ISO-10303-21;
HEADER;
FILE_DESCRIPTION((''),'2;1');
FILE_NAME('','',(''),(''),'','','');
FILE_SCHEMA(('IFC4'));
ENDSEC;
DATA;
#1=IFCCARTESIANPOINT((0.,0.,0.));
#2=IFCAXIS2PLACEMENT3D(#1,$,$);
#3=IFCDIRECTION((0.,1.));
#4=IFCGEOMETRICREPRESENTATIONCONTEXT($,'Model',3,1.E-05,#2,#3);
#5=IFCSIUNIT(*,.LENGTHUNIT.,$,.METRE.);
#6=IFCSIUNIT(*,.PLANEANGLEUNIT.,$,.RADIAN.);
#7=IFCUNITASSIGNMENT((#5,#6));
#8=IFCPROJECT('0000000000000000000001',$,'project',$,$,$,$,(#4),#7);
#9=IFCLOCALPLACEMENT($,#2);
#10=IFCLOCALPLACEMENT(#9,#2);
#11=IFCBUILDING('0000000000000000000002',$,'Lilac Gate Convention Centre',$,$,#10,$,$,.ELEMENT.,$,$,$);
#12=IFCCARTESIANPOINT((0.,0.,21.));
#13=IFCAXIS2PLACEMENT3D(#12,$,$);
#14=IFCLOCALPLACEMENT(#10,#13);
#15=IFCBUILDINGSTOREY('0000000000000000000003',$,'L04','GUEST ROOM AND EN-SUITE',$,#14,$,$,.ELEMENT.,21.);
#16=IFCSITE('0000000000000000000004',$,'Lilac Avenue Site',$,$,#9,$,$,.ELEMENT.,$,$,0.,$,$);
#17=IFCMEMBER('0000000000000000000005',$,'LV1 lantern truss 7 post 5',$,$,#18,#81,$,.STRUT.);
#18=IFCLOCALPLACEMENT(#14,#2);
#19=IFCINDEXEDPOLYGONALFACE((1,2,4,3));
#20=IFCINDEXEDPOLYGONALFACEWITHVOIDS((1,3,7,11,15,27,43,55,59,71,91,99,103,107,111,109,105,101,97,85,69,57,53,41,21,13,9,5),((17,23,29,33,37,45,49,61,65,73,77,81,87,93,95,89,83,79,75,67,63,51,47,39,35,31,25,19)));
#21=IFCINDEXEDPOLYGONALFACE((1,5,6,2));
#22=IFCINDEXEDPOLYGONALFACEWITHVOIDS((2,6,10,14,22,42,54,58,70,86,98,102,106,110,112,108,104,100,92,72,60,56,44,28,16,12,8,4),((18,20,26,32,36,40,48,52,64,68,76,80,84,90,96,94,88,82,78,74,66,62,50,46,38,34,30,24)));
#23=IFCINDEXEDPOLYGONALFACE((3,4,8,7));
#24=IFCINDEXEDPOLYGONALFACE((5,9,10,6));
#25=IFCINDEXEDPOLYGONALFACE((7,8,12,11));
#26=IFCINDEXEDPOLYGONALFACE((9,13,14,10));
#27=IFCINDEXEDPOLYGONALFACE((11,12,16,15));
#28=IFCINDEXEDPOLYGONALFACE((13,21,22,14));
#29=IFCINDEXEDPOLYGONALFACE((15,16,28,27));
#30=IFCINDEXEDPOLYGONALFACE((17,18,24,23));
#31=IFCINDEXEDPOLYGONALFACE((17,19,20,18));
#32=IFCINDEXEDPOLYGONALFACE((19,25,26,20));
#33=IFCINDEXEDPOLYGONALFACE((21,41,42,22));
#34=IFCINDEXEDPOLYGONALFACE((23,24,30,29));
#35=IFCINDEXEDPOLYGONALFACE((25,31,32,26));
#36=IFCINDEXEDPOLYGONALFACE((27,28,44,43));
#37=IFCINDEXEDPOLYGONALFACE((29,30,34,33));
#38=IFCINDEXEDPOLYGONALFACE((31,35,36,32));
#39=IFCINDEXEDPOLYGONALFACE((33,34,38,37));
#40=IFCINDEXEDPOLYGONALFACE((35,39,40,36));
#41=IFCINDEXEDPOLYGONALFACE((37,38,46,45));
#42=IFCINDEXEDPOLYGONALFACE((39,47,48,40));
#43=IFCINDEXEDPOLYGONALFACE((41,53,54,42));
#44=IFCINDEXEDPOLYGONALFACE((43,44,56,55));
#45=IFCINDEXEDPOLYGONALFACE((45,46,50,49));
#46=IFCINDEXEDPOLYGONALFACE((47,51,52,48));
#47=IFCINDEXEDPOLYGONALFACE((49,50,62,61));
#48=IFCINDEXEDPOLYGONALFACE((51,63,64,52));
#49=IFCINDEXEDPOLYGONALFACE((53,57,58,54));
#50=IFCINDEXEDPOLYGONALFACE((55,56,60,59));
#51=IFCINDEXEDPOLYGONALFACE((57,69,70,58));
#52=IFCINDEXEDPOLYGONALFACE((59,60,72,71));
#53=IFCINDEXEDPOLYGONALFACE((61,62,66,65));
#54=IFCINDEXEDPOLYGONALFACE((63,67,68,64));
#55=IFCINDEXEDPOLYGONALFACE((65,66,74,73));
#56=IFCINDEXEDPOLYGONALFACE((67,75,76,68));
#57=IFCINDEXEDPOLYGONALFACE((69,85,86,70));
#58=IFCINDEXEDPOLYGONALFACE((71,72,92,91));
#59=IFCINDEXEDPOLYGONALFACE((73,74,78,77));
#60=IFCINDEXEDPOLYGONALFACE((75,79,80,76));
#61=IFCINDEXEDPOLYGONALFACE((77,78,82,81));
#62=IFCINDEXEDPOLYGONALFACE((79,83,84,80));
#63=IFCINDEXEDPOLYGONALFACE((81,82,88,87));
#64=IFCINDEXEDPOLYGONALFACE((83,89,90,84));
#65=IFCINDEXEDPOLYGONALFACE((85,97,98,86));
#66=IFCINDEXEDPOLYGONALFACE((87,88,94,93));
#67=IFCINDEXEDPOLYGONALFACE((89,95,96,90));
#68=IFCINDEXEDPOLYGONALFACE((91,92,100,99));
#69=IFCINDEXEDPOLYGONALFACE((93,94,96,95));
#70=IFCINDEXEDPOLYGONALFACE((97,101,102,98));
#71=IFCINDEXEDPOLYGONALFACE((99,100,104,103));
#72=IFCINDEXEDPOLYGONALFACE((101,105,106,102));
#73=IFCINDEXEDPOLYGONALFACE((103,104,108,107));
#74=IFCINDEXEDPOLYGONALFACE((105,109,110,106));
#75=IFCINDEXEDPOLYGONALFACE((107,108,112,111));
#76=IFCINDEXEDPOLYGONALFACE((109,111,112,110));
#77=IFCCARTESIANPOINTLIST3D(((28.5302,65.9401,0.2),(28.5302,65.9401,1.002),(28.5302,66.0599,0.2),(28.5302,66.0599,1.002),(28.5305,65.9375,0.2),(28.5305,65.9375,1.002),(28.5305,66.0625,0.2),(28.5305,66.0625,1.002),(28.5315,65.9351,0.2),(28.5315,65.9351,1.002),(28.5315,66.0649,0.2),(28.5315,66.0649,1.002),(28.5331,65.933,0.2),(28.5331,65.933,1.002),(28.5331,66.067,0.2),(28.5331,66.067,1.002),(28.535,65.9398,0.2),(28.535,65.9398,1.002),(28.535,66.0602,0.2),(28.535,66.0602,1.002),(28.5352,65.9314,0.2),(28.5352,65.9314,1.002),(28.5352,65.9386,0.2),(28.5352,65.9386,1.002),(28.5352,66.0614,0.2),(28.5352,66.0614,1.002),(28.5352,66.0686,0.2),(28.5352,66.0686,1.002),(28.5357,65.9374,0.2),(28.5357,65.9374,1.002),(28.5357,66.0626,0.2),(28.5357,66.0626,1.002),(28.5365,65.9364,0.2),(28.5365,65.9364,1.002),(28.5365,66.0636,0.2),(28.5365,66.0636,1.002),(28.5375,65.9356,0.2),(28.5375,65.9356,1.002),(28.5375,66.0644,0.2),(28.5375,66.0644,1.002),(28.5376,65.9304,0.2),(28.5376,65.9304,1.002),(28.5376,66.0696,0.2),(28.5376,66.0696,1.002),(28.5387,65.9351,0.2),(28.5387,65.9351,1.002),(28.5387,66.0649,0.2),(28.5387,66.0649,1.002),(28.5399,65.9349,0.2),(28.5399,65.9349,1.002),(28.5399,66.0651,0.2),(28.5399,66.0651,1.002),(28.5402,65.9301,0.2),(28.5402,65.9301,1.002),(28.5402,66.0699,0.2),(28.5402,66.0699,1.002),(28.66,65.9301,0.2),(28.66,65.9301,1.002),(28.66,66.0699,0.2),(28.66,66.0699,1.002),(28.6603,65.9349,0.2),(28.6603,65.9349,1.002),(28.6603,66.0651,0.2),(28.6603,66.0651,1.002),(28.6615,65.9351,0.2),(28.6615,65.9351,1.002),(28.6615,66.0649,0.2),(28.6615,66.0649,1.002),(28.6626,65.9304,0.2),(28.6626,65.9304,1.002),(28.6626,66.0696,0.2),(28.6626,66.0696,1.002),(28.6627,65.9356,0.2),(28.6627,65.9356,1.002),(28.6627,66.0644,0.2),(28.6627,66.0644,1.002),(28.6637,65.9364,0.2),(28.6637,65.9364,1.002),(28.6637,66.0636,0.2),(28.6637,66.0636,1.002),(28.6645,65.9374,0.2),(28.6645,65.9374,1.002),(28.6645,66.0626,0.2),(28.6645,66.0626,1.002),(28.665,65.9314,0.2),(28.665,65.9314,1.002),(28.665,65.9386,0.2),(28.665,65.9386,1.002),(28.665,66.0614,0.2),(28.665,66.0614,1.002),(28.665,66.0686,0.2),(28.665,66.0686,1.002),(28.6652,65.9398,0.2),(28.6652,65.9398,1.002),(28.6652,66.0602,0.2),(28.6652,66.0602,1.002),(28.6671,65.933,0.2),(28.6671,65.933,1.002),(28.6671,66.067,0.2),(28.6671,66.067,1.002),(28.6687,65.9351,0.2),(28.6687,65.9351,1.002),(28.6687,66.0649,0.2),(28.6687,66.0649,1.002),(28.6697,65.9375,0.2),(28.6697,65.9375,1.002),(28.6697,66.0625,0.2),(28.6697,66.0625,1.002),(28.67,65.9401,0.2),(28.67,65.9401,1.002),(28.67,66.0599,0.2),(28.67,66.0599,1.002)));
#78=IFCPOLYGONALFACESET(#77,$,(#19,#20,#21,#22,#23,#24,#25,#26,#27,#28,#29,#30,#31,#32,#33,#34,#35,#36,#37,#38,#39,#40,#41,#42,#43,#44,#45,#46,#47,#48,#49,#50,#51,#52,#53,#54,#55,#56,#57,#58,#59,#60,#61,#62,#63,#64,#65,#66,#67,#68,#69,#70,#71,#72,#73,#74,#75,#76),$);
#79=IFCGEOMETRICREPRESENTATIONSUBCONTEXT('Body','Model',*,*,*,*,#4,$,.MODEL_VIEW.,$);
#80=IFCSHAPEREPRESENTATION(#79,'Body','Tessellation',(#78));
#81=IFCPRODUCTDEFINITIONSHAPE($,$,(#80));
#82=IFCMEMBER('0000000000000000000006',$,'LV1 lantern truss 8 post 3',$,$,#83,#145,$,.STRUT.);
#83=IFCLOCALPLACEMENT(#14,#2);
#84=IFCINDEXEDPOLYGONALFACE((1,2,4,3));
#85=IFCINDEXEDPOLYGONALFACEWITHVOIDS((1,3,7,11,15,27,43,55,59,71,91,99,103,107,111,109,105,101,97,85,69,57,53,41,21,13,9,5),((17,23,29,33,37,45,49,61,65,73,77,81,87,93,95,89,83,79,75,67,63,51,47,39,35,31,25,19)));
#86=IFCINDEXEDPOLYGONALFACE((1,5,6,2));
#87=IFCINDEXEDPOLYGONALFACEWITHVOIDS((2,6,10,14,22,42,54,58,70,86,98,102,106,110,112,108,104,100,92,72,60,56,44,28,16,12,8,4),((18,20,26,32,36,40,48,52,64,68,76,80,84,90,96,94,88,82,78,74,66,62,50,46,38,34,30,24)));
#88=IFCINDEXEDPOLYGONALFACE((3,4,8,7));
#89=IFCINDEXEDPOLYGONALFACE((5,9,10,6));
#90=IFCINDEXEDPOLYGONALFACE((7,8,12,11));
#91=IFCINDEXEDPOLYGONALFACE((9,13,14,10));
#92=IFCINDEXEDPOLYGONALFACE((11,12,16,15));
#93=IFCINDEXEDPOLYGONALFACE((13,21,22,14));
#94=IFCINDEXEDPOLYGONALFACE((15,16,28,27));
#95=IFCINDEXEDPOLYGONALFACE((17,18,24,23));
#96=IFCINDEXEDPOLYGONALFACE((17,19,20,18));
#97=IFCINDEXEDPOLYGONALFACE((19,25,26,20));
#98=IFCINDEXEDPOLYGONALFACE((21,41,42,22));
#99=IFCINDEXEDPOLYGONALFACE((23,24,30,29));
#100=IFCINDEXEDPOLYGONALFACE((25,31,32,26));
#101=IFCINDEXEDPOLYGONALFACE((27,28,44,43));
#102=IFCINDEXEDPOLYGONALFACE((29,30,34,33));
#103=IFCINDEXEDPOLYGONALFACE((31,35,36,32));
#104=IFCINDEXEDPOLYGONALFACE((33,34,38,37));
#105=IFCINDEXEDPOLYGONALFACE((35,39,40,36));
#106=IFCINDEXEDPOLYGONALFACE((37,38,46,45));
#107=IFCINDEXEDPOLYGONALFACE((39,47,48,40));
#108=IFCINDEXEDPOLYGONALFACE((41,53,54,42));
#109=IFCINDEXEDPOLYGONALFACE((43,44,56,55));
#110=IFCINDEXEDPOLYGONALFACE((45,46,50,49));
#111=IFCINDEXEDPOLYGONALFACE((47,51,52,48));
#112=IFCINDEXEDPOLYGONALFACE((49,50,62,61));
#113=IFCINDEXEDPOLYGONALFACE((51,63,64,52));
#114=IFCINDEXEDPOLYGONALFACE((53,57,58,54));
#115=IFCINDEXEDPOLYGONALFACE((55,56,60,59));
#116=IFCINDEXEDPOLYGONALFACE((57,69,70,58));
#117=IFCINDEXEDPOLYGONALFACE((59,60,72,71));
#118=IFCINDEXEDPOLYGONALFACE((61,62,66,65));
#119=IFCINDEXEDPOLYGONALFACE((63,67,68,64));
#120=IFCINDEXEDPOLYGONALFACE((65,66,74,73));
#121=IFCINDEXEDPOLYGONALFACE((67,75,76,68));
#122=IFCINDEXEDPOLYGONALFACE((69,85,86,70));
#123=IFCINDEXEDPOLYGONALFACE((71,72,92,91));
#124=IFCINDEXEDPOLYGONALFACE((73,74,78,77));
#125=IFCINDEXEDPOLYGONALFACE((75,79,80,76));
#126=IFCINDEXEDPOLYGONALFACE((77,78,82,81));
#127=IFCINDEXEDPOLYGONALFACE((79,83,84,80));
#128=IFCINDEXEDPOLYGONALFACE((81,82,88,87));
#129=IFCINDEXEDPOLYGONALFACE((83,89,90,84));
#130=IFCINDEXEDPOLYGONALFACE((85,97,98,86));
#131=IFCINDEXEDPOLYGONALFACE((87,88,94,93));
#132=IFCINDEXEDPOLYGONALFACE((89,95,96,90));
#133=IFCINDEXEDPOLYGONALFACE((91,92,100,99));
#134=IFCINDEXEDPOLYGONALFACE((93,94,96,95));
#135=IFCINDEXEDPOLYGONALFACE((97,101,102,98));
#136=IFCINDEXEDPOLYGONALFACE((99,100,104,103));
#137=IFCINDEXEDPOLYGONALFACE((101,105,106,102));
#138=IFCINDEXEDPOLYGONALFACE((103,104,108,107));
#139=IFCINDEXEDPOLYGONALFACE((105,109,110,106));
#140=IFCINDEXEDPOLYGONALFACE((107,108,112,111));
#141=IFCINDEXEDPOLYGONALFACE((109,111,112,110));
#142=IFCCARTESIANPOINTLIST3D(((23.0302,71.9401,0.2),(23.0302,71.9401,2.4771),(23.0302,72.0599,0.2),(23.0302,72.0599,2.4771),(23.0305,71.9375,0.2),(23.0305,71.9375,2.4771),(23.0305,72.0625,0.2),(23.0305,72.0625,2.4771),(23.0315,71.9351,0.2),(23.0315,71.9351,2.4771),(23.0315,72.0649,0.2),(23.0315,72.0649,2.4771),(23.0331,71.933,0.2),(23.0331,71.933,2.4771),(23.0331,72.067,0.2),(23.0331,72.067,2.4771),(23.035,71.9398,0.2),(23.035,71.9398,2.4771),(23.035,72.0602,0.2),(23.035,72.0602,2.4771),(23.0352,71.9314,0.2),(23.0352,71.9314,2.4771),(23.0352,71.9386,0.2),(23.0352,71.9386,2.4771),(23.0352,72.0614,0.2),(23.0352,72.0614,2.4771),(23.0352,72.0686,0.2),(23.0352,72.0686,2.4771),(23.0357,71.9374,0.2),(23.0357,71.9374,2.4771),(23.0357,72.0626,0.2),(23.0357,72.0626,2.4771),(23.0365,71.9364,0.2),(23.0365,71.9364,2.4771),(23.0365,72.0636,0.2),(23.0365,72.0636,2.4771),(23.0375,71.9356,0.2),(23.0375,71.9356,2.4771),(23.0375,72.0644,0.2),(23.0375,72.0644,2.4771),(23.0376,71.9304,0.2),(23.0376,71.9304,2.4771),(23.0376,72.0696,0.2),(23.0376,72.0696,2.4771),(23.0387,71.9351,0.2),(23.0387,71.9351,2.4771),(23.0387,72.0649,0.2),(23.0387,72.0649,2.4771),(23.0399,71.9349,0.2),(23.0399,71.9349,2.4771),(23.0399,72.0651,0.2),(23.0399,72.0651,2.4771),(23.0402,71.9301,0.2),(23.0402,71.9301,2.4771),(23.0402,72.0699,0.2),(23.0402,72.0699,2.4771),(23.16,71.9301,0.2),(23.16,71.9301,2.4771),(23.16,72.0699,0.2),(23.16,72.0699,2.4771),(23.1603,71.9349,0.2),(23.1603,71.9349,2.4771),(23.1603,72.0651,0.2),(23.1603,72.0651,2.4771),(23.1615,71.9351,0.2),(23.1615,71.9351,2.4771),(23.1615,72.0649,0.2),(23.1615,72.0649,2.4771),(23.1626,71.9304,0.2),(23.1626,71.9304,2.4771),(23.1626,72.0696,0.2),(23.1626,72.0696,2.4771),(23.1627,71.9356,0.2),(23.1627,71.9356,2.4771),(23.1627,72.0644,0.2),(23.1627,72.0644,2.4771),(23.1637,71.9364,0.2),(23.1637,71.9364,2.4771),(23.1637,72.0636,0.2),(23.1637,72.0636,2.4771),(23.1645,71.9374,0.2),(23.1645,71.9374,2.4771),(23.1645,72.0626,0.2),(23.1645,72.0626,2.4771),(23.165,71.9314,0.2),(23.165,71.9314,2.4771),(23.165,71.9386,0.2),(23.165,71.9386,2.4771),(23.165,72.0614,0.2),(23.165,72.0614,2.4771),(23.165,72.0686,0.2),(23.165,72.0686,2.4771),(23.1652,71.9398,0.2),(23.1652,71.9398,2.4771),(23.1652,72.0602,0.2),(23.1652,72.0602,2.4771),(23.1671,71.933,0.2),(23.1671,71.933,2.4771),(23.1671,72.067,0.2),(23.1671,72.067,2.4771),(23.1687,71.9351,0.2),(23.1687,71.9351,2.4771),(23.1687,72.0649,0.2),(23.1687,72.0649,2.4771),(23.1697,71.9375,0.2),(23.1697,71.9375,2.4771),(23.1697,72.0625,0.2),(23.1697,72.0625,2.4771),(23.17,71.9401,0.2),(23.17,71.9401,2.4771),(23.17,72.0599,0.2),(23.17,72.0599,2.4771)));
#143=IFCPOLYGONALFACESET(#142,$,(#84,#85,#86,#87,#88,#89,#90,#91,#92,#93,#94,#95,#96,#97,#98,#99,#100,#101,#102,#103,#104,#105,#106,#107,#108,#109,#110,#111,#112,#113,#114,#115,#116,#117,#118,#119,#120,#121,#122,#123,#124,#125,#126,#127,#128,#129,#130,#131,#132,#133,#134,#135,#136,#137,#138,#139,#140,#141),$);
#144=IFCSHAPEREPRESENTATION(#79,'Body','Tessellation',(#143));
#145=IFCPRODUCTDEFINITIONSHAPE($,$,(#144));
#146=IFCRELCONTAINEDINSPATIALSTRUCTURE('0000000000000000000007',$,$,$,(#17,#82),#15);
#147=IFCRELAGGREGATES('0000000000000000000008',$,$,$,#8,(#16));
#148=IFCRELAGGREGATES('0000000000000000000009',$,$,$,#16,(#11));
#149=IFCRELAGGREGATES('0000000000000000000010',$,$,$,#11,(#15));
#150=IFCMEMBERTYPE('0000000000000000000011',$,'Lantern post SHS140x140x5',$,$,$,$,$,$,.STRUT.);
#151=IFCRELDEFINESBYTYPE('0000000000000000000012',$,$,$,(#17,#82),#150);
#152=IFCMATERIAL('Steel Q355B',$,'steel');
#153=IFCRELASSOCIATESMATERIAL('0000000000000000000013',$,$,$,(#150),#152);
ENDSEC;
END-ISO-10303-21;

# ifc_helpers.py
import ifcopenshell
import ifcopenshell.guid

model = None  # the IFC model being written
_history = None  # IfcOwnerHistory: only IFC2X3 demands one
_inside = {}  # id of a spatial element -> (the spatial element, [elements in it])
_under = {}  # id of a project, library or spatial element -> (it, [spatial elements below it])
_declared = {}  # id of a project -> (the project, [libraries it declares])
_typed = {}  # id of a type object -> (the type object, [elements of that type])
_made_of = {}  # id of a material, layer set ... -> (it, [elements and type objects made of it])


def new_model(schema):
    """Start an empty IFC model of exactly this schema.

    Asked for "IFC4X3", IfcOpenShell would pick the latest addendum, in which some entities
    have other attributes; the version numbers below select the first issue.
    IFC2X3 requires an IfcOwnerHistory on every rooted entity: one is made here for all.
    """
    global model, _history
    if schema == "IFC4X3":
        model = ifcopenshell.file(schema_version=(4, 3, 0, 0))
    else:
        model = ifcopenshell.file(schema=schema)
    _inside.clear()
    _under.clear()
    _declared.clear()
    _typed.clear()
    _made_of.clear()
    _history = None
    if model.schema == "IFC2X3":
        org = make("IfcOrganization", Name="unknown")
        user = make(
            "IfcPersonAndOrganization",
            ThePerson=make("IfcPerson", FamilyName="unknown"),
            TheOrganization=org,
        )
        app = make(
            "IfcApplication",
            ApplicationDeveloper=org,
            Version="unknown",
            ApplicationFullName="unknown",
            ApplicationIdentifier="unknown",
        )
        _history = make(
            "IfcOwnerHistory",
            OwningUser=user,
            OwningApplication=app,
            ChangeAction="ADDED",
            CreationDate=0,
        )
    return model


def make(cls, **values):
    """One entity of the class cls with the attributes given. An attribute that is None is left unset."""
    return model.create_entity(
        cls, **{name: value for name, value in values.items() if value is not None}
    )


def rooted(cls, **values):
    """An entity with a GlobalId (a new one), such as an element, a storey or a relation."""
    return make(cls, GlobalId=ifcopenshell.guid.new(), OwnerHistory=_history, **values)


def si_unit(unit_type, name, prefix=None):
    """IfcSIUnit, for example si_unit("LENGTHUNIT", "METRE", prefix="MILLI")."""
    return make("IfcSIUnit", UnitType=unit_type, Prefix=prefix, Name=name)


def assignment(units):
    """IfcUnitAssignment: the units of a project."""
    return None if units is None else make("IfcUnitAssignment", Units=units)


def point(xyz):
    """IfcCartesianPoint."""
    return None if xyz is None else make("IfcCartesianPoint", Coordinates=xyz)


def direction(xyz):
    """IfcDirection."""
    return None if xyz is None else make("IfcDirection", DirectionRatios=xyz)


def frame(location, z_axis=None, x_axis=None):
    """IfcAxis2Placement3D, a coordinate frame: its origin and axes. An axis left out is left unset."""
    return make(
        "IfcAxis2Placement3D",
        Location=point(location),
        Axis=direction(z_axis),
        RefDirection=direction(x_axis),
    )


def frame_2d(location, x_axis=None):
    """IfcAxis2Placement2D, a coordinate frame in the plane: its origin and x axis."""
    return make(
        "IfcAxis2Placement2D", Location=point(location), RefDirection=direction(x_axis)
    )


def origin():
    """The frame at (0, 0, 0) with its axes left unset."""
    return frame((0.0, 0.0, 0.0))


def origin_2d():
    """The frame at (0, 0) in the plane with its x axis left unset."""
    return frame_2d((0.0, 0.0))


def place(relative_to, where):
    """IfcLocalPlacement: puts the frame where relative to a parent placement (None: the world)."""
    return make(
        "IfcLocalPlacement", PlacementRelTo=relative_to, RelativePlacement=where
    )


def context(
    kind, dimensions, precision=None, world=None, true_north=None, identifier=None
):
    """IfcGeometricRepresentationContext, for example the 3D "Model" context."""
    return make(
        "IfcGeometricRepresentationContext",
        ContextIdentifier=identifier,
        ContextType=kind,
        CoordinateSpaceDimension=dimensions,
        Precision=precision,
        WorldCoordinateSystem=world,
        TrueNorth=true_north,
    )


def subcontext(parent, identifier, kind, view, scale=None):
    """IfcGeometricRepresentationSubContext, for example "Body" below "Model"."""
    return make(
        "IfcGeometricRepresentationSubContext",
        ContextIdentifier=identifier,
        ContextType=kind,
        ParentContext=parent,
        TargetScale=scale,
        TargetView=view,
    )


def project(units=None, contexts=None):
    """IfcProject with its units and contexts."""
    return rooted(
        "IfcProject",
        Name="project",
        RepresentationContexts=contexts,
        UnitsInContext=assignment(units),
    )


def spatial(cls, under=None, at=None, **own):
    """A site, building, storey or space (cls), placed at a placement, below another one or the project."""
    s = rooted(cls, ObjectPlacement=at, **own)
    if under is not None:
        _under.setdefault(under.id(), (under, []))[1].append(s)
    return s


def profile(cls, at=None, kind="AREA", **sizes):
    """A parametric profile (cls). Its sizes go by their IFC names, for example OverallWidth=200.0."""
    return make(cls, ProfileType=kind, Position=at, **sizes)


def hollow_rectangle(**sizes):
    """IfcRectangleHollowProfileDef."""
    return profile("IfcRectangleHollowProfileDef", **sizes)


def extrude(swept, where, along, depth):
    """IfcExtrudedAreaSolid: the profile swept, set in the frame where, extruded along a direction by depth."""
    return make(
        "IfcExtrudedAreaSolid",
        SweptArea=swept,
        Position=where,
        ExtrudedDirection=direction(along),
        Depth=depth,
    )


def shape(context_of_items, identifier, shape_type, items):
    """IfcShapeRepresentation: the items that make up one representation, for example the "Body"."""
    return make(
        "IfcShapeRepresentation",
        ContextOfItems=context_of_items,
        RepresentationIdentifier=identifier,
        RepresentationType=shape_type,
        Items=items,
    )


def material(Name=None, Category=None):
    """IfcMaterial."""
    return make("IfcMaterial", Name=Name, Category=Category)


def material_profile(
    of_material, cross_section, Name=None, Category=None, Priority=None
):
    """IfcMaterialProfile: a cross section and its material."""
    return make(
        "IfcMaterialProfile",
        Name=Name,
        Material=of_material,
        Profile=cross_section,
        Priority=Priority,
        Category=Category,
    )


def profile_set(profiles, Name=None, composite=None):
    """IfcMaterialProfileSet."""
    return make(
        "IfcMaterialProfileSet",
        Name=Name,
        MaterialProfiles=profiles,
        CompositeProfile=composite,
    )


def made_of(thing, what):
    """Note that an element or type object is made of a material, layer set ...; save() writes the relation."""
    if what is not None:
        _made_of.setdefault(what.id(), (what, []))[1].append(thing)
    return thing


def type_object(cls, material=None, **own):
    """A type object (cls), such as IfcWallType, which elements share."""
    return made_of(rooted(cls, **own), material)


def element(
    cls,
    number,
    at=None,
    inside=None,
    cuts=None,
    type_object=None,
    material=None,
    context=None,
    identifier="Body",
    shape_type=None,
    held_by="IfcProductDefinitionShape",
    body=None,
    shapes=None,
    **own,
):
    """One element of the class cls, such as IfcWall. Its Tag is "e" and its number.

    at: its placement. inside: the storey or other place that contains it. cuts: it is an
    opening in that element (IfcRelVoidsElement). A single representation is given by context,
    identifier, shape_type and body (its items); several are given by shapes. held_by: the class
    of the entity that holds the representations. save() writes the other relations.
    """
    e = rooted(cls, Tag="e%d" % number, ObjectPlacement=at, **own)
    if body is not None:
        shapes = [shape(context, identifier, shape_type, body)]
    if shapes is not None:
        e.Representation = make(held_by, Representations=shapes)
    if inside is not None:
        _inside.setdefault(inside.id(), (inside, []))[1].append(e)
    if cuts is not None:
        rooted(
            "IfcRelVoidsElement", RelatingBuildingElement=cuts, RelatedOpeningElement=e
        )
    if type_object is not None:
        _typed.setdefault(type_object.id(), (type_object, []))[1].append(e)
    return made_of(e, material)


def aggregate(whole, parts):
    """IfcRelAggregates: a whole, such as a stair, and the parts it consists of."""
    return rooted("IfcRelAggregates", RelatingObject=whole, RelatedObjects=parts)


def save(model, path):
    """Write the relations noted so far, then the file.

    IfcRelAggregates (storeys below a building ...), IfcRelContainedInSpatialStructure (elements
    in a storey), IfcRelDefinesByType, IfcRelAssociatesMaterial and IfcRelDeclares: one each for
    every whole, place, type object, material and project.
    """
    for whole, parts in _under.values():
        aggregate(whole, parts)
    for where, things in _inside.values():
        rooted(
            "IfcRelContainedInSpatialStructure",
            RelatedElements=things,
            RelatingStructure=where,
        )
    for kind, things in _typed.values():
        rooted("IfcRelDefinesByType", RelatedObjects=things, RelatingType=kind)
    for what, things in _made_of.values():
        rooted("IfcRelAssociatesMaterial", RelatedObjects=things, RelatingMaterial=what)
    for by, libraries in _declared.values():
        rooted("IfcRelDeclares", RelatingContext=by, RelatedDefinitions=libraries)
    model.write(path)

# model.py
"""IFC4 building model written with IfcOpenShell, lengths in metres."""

from ifc_helpers import new_model, si_unit, direction, frame, origin, origin_2d, place, context, subcontext, project, spatial, hollow_rectangle, extrude, material, material_profile, profile_set, type_object, element, save


model = new_model("IFC4")

# Units and contexts
model_context = context("Model", 3, precision=1e-05, world=origin(), true_north=direction((0.0, 1.0)))
body_context = subcontext(model_context, "Body", "Model", "MODEL_VIEW")
ifc_project = project(units=[si_unit("LENGTHUNIT", "METRE"), si_unit("PLANEANGLEUNIT", "RADIAN")], contexts=[model_context])

# Site, building, storey
site_placement = place(None, origin())
site = spatial("IfcSite", under=ifc_project, at=site_placement, Name="Lilac Avenue Site", CompositionType="ELEMENT", RefElevation=0.0)
building_placement = place(site_placement, origin())
building = spatial("IfcBuilding", under=site, at=building_placement, Name="Lilac Gate Convention Centre", CompositionType="ELEMENT")
storey_placement = place(building_placement, frame((0.0, 0.0, 21.0)))
storey = spatial("IfcBuildingStorey", under=building, at=storey_placement, Name="L04", Description="GUEST ROOM AND EN-SUITE", CompositionType="ELEMENT", Elevation=21.0)

# Members
ifc_material_1 = material(Name="Steel Q355B", Category="steel")
ifc_material_profile_1 = material_profile(ifc_material_1, hollow_rectangle(XDim=0.1399, YDim=0.1399, WallThickness=0.0049, InnerFilletRadius=0.0049, OuterFilletRadius=0.01, at=origin_2d()), Name="SHS140x140x5")
ifc_profile_set_1 = profile_set([ifc_material_profile_1], Name="Steel Q355B")
member_type_1 = type_object("IfcMemberType", Name="Lantern post SHS140x140x5", PredefinedType="STRUT", material=ifc_profile_set_1)
member_1_placement = place(storey_placement, frame((28.6001, 66.0, 0.2), z_axis=(0.0, 0.0, 1.0), x_axis=(1.0, 0.0, 0.0)))
element("IfcMember", 1, at=member_1_placement, inside=storey, type_object=member_type_1, Name="LV1 lantern truss 7 post 5", PredefinedType="STRUT", context=body_context, shape_type="SweptSolid", body=[
    extrude(hollow_rectangle(XDim=0.1399, YDim=0.1399, WallThickness=0.0049, InnerFilletRadius=0.0049, OuterFilletRadius=0.01, at=origin_2d()), origin(), (0.0, 0.0, 1.0), 0.802),
])
member_2_placement = place(storey_placement, frame((23.1001, 72.0, 0.2), z_axis=(0.0, 0.0, 1.0), x_axis=(1.0, 0.0, 0.0)))
element("IfcMember", 2, at=member_2_placement, inside=storey, type_object=member_type_1, Name="LV1 lantern truss 8 post 3", PredefinedType="STRUT", context=body_context, shape_type="SweptSolid", body=[
    extrude(hollow_rectangle(XDim=0.1399, YDim=0.1399, WallThickness=0.0049, InnerFilletRadius=0.0049, OuterFilletRadius=0.01, at=origin_2d()), origin(), (0.0, 0.0, 1.0), 2.2771),
])

save(model, "model.ifc")
